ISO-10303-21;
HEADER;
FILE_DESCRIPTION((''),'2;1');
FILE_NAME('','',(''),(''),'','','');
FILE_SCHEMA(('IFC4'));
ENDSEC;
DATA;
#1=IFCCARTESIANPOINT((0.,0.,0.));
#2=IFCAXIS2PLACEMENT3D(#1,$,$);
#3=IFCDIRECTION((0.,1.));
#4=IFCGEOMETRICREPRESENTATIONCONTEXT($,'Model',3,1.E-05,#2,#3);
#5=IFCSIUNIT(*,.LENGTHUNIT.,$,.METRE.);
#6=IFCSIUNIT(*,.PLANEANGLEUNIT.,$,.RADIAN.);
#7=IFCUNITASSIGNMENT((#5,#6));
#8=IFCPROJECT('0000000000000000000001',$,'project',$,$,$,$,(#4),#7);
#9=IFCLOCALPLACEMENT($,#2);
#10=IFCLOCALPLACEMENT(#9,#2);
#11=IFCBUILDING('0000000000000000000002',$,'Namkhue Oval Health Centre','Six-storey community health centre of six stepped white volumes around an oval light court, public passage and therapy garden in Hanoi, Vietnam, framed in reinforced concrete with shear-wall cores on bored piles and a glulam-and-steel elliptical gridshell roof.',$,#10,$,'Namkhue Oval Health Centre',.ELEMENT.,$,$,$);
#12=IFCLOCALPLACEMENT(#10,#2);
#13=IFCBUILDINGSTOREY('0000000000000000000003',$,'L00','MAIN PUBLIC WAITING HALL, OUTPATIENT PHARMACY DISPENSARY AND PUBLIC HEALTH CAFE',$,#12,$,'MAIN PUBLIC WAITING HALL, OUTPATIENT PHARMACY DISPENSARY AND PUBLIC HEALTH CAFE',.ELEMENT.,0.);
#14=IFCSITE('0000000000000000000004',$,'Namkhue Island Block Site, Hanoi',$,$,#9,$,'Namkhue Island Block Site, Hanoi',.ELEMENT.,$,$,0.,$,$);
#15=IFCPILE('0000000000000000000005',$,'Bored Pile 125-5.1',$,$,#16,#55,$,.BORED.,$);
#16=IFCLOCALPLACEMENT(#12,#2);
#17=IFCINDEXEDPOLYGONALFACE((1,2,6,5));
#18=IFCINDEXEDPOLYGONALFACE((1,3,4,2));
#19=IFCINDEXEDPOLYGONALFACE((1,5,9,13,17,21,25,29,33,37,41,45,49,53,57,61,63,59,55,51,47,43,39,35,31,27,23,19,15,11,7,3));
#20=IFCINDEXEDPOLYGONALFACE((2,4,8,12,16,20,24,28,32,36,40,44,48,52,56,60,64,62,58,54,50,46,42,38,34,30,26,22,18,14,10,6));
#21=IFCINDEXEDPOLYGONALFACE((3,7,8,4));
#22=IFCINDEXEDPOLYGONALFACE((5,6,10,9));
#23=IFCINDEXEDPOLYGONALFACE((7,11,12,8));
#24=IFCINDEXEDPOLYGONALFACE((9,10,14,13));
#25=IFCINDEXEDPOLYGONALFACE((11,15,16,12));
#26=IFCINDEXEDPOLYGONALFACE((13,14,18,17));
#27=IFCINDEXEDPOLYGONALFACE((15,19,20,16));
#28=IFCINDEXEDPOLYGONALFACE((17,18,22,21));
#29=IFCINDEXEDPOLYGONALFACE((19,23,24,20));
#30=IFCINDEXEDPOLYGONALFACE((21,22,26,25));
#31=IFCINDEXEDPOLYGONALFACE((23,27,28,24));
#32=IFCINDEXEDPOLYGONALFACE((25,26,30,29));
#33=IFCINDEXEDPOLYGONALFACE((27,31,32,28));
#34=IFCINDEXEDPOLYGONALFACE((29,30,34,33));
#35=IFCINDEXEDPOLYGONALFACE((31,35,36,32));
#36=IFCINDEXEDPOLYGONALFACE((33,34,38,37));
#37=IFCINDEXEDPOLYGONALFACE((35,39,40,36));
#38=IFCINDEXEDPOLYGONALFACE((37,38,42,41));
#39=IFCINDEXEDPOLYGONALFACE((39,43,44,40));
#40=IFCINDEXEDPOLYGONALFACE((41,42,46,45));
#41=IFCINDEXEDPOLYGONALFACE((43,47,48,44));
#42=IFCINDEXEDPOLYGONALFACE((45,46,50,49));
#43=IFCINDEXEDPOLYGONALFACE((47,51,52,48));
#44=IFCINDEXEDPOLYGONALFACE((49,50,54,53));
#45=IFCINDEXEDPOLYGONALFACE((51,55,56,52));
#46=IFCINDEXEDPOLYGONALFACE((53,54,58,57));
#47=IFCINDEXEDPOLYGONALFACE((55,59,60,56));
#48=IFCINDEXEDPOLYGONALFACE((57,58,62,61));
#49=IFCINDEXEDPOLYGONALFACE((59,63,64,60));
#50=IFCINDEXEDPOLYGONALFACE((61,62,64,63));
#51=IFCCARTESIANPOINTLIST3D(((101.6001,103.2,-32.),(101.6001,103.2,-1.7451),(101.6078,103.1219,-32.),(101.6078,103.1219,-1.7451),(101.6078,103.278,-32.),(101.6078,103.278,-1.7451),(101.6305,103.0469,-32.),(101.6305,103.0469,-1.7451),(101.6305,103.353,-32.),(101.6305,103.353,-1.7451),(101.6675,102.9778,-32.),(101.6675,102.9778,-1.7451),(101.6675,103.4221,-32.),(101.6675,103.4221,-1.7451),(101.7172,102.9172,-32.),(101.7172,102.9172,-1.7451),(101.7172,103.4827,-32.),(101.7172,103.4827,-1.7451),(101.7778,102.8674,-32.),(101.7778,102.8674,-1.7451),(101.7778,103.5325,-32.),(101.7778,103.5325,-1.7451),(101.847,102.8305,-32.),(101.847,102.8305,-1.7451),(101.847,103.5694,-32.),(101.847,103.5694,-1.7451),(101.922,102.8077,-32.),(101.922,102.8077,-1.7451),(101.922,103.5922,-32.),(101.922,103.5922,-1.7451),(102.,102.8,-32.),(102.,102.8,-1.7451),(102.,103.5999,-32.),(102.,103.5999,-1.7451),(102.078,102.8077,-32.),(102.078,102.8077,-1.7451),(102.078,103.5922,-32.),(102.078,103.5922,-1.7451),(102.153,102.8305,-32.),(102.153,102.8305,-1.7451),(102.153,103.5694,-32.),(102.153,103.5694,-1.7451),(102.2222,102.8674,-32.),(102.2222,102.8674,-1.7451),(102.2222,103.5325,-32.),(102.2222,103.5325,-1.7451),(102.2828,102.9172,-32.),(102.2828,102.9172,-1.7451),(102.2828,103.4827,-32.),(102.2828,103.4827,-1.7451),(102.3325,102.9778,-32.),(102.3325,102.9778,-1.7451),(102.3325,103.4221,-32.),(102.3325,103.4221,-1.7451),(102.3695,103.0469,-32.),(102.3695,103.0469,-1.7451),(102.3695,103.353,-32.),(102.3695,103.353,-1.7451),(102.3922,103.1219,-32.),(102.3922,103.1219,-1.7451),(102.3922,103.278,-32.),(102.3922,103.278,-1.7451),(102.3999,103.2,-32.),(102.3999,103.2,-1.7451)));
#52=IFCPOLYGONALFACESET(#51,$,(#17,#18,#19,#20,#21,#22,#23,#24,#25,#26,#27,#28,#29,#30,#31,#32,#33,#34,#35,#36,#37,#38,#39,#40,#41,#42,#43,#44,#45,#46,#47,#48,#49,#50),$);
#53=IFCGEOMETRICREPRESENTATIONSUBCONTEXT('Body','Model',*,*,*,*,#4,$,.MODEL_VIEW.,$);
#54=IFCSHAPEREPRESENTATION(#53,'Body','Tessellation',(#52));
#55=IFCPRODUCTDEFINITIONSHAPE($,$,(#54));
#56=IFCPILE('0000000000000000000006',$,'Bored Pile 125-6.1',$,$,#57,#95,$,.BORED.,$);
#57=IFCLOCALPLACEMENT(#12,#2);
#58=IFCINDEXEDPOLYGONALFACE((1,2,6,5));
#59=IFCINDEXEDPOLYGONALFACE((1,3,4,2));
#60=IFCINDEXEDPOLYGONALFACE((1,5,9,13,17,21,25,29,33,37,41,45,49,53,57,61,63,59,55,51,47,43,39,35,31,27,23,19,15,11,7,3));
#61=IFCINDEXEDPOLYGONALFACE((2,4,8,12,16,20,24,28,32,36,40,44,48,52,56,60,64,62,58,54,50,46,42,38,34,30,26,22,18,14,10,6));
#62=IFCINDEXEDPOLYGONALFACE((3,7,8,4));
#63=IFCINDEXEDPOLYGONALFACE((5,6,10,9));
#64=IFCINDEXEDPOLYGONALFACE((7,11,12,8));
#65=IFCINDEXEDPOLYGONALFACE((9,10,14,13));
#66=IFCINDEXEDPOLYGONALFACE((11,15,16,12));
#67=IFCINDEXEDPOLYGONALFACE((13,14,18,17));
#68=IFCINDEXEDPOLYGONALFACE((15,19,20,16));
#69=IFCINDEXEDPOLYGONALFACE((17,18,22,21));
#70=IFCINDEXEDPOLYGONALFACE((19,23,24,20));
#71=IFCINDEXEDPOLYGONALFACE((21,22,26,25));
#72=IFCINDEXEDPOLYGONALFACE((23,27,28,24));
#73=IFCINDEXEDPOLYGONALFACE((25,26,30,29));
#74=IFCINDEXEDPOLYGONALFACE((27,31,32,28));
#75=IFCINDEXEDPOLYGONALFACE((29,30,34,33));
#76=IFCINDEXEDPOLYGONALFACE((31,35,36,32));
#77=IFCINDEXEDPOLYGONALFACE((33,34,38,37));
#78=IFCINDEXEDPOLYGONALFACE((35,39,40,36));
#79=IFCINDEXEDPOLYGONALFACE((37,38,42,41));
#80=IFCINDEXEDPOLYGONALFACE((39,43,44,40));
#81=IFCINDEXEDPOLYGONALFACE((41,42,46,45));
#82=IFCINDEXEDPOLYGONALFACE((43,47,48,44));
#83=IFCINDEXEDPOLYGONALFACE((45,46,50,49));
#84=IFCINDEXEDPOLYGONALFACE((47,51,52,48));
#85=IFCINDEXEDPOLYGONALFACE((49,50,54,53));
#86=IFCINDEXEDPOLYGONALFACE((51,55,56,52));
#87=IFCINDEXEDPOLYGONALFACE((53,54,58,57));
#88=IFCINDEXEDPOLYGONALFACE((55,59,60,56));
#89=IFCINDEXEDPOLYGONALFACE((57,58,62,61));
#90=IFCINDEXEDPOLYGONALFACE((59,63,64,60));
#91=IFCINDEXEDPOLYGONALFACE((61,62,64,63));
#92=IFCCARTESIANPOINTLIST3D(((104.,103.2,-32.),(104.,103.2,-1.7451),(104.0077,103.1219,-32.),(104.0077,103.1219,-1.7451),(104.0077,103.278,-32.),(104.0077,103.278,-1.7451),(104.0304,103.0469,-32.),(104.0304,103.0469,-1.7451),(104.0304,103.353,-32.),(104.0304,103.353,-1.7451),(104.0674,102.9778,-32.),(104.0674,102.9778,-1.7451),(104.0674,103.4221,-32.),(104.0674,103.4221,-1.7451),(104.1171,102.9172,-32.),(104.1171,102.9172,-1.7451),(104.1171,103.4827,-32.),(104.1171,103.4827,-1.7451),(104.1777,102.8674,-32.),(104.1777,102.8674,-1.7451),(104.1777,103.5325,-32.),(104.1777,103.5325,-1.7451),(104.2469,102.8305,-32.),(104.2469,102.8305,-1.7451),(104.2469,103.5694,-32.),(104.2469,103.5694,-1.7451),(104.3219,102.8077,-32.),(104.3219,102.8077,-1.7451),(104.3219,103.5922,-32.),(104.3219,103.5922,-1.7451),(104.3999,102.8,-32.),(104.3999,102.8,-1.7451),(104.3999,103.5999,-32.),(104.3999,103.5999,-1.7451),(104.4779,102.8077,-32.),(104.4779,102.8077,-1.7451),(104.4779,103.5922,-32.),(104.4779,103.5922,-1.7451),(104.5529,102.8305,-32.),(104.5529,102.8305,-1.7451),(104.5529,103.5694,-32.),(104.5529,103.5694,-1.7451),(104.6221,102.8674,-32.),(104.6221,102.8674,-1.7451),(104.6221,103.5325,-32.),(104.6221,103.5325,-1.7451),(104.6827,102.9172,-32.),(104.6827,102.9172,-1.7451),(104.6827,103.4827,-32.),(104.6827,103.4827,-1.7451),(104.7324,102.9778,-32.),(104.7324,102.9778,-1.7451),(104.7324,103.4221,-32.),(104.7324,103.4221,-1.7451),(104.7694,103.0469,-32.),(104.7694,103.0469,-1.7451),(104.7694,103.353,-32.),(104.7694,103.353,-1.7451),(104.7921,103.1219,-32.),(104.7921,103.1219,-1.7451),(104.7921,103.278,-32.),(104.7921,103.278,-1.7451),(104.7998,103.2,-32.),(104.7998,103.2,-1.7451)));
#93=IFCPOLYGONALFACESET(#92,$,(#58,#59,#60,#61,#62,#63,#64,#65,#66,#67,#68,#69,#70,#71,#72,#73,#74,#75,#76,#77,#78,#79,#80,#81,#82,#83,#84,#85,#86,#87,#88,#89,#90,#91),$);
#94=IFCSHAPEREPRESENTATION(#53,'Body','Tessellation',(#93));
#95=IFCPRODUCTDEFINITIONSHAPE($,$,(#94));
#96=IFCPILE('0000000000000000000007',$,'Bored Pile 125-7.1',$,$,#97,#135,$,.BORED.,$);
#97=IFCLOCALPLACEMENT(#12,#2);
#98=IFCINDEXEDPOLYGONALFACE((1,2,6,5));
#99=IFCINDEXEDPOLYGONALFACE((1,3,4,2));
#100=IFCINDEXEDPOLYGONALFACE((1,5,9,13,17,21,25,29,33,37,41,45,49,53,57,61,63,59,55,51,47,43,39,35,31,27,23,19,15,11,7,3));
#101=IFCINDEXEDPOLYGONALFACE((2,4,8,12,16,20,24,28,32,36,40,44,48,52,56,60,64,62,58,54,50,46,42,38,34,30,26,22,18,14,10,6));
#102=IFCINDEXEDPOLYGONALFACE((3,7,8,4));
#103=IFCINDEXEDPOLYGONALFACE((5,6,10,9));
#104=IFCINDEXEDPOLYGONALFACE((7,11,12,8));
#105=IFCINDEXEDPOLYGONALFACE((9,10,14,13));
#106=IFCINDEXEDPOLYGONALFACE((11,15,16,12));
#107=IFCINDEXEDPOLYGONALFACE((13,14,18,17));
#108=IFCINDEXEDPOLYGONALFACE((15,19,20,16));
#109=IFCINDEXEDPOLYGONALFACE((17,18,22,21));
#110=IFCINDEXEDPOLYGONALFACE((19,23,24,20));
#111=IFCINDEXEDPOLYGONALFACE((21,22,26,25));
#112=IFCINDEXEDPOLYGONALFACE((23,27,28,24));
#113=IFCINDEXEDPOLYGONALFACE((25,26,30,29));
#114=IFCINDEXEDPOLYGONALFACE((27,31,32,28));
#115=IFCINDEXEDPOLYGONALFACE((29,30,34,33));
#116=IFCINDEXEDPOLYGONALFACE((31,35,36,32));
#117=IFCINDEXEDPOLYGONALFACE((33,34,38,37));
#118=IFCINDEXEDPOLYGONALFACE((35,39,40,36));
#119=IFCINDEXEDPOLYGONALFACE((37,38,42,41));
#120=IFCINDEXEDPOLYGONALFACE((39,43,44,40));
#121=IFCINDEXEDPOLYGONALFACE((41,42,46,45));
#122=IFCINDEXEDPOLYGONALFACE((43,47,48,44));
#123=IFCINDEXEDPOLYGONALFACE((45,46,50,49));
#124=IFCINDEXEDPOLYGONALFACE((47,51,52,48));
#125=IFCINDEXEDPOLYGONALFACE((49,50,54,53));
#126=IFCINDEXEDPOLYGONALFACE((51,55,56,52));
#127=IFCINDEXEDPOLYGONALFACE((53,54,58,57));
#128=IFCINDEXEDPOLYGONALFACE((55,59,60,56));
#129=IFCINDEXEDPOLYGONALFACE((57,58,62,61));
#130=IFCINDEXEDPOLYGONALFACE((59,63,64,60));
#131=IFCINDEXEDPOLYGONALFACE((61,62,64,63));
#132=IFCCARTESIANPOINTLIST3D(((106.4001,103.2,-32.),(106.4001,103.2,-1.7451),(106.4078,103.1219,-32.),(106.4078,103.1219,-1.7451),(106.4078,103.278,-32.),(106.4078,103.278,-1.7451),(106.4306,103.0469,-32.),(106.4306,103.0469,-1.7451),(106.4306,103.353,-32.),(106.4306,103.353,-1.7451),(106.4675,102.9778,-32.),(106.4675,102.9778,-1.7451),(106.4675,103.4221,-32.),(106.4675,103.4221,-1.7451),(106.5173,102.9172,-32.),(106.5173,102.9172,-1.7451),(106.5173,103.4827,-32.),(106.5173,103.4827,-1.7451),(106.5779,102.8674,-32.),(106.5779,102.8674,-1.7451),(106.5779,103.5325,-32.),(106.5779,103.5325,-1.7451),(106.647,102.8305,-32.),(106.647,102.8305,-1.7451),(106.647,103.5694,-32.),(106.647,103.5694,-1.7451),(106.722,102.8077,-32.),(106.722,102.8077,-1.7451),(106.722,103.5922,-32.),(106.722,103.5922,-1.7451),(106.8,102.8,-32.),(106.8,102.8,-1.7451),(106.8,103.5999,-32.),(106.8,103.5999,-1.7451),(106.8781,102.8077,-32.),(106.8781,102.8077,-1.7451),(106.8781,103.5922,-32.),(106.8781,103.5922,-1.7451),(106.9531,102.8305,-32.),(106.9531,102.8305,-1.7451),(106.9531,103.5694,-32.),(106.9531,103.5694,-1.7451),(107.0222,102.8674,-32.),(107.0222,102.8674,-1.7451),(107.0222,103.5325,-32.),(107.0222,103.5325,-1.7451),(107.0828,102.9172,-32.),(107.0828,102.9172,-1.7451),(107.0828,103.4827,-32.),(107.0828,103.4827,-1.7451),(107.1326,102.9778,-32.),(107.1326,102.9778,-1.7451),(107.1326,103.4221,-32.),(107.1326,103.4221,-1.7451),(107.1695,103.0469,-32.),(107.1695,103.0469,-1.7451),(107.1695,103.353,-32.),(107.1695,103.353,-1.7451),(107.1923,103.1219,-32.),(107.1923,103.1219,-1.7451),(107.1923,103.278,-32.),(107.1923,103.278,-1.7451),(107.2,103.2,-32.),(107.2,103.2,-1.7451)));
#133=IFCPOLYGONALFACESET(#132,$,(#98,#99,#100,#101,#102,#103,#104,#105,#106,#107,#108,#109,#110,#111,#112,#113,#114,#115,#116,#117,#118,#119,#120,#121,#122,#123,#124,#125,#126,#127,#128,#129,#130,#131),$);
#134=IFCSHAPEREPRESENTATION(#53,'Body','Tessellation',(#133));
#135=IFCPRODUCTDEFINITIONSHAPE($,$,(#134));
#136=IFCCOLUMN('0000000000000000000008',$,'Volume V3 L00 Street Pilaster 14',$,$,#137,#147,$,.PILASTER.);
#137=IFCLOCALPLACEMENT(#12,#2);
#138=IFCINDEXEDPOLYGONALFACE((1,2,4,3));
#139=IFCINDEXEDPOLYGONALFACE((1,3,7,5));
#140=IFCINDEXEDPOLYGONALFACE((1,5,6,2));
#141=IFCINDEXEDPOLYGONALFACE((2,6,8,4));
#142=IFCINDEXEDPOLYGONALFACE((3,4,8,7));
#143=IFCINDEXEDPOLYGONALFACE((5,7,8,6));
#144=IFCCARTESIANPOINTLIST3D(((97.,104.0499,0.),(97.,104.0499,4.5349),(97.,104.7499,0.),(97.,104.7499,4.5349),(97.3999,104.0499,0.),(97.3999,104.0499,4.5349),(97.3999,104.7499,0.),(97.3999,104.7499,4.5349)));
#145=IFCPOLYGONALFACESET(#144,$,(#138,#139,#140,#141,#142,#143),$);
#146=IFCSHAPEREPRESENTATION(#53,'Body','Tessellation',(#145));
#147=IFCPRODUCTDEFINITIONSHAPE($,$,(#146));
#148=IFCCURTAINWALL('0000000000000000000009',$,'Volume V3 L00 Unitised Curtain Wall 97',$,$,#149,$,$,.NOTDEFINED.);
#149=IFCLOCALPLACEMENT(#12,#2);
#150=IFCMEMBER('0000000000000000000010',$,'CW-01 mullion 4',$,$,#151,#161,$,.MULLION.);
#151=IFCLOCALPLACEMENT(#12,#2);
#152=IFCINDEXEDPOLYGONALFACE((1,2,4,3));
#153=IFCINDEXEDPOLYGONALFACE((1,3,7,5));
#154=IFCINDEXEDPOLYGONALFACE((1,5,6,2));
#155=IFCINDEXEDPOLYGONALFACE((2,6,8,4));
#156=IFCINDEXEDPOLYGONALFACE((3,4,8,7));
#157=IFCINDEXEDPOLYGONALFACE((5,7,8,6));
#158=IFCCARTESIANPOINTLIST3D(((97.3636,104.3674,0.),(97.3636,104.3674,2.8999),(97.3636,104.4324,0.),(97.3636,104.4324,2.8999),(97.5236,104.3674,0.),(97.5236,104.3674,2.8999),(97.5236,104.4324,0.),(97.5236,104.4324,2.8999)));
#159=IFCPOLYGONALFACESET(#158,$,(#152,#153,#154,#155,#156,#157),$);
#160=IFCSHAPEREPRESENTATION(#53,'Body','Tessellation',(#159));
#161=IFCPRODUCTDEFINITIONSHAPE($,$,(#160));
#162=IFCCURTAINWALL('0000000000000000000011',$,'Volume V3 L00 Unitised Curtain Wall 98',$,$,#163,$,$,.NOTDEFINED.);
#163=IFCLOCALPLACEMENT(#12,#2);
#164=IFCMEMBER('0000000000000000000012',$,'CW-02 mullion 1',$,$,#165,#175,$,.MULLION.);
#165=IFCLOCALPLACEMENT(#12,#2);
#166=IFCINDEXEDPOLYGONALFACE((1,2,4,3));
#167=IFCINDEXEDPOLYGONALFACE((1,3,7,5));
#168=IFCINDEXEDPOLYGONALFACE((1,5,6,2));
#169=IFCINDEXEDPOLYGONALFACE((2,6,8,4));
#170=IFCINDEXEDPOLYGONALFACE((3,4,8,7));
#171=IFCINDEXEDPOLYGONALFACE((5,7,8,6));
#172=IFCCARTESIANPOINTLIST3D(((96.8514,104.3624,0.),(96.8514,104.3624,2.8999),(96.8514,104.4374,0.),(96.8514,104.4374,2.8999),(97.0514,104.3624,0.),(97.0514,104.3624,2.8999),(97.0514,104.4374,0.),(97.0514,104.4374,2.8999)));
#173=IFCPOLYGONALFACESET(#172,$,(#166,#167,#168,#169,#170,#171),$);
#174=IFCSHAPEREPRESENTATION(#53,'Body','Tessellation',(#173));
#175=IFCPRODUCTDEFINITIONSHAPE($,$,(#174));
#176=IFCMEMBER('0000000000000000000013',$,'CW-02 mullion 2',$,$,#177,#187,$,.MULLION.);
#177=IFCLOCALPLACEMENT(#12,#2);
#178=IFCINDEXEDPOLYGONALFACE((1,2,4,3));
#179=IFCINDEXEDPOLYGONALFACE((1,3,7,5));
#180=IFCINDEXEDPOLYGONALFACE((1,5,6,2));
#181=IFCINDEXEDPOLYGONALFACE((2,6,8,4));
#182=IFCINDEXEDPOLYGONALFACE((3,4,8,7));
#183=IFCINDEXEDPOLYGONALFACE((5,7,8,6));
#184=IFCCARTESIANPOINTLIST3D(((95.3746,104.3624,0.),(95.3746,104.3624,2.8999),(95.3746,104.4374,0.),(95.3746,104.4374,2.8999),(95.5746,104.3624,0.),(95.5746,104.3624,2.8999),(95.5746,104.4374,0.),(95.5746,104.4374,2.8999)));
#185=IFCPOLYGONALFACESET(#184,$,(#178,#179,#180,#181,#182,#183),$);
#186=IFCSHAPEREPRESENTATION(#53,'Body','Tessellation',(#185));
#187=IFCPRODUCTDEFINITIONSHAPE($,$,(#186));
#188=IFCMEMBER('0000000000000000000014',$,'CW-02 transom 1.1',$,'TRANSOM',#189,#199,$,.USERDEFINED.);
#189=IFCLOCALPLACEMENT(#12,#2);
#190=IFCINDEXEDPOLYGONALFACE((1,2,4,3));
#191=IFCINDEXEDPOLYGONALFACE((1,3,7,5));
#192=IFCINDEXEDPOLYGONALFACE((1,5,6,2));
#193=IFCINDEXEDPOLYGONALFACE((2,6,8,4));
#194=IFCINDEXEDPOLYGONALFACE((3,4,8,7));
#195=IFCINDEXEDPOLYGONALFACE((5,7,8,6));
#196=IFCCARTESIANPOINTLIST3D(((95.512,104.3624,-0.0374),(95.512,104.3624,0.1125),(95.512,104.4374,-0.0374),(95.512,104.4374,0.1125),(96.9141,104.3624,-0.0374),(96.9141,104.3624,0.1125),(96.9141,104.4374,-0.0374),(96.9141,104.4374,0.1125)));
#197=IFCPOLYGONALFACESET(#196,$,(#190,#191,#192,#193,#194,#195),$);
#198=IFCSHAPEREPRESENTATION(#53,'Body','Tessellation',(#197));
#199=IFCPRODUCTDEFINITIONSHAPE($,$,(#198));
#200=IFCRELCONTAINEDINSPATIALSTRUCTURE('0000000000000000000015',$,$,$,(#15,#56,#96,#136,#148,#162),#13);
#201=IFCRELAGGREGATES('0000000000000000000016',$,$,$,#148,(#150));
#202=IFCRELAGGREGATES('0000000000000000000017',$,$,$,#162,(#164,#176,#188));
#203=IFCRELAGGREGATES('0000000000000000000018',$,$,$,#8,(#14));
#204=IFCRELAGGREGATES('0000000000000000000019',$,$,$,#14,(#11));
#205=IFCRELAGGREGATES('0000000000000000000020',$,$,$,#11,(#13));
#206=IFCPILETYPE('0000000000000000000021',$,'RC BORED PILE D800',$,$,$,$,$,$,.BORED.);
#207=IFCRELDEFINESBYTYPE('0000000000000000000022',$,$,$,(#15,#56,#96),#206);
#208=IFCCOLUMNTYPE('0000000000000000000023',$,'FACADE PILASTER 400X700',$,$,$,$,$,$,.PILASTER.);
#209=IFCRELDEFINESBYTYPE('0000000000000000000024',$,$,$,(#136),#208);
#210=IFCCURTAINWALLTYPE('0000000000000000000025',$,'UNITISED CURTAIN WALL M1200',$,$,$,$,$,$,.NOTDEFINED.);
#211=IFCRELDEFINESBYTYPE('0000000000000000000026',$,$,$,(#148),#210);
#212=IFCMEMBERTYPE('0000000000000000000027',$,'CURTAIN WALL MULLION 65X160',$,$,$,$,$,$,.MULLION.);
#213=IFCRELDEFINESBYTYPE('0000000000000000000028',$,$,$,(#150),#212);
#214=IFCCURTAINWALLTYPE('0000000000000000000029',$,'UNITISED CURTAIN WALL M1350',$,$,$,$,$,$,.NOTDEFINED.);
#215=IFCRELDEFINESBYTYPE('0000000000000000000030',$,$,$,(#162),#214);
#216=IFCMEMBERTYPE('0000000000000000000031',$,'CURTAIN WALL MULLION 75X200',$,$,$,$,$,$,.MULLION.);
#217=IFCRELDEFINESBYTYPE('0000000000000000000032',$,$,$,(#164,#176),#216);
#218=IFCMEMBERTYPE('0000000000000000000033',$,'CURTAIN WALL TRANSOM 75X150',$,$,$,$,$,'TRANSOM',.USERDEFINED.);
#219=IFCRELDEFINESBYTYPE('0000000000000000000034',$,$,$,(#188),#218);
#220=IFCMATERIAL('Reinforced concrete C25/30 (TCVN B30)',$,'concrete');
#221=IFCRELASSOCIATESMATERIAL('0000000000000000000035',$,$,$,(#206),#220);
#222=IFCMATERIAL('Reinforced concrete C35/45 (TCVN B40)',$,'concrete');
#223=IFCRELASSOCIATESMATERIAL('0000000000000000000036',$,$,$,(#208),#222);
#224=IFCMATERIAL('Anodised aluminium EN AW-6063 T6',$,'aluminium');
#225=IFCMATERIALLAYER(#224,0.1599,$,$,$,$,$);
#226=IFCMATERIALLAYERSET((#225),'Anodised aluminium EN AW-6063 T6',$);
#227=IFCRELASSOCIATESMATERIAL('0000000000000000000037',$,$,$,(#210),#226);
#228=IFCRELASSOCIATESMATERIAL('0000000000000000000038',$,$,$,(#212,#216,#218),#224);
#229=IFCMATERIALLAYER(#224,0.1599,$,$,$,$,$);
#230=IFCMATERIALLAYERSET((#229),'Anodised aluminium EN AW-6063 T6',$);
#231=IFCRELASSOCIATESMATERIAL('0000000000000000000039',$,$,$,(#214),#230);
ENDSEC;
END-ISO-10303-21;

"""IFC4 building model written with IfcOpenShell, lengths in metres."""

from ifc_helpers import new_model, si_unit, direction, frame, origin, origin_2d, place, context, subcontext, project, spatial, rectangle, circle, extrude, material, layer, layer_set, material_profile, profile_set, type_object, element, aggregate, save


model = new_model("IFC4")

# Units and contexts
model_context = context("Model", 3, precision=1e-05, world=origin(), true_north=direction((0.0, 1.0)))
body_context = subcontext(model_context, "Body", "Model", "MODEL_VIEW")
ifc_project = project(units=[si_unit("LENGTHUNIT", "METRE"), si_unit("PLANEANGLEUNIT", "RADIAN")], contexts=[model_context])

# Site, building, storey
site_placement = place(None, origin())
site = spatial("IfcSite", under=ifc_project, at=site_placement, Name="Namkhue Island Block Site, Hanoi", LongName="Namkhue Island Block Site, Hanoi", CompositionType="ELEMENT", RefElevation=0.0)
building_placement = place(site_placement, origin())
building = spatial("IfcBuilding", under=site, at=building_placement, Name="Namkhue Oval Health Centre", Description="Six-storey community health centre of six stepped white volumes around an oval light court, public passage and therapy garden in Hanoi, Vietnam, framed in reinforced concrete with shear-wall cores on bored piles and a glulam-and-steel elliptical gridshell roof.", LongName="Namkhue Oval Health Centre", CompositionType="ELEMENT")
storey_placement = place(building_placement, origin())
storey = spatial("IfcBuildingStorey", under=building, at=storey_placement, Name="L00", Description="MAIN PUBLIC WAITING HALL, OUTPATIENT PHARMACY DISPENSARY AND PUBLIC HEALTH CAFE", LongName="MAIN PUBLIC WAITING HALL, OUTPATIENT PHARMACY DISPENSARY AND PUBLIC HEALTH CAFE", CompositionType="ELEMENT", Elevation=0.0)

# Piles
ifc_material_1 = material(Name="Reinforced concrete C25/30 (TCVN B30)", Category="concrete")
ifc_material_profile_1 = material_profile(ifc_material_1, circle(Radius=0.3999, at=origin_2d()), Name="BORED PILE D800")
ifc_profile_set_1 = profile_set([ifc_material_profile_1], Name="Reinforced concrete C25/30 (TCVN B30)")
pile_type_1 = type_object("IfcPileType", Name="RC BORED PILE D800", PredefinedType="BORED", material=ifc_profile_set_1)
for number, where, z_axis, x_axis, name in (
    (1, (102.0, 103.2, -1.7451), (0.0, 0.0, -1.0), (1.0, 0.0, 0.0), "Bored Pile 125-5.1"),
    (2, (104.3999, 103.2, -1.7451), (0.0, 0.0, -1.0), (1.0, 0.0, 0.0), "Bored Pile 125-6.1"),
    (3, (106.8, 103.2, -1.7451), (0.0, 0.0, -1.0), (1.0, 0.0, 0.0), "Bored Pile 125-7.1"),
):
    element("IfcPile", number, at=place(storey_placement, frame(where, z_axis=z_axis, x_axis=x_axis)), inside=storey, type_object=pile_type_1, Name=name, PredefinedType="BORED", context=body_context, shape_type="SweptSolid", body=[
        extrude(circle(Radius=0.3999, at=origin_2d()), origin(), (0.0, 0.0, 1.0), 30.2549),
    ])

# Column
ifc_material_2 = material(Name="Reinforced concrete C35/45 (TCVN B40)", Category="concrete")
ifc_material_profile_2 = material_profile(ifc_material_2, rectangle(XDim=0.3999, YDim=0.7, at=origin_2d()), Name="RC 400x700")
ifc_profile_set_2 = profile_set([ifc_material_profile_2], Name="Reinforced concrete C35/45 (TCVN B40)")
column_type = type_object("IfcColumnType", Name="FACADE PILASTER 400X700", PredefinedType="PILASTER", material=ifc_profile_set_2)
column_placement = place(storey_placement, frame((97.2, 104.3999, 0.0), z_axis=(0.0, 0.0, 1.0), x_axis=(1.0, 0.0, 0.0)))
element("IfcColumn", 4, at=column_placement, inside=storey, type_object=column_type, Name="Volume V3 L00 Street Pilaster 14", PredefinedType="PILASTER", context=body_context, shape_type="SweptSolid", body=[
    extrude(rectangle(XDim=0.3999, YDim=0.7, at=origin_2d()), origin(), (0.0, 0.0, 1.0), 4.5349),
])

# Curtain wall, member
ifc_material_3 = material(Name="Anodised aluminium EN AW-6063 T6", Category="aluminium")
ifc_layer_1 = layer(ifc_material_3, 0.1599)
ifc_layer_set_1 = layer_set([ifc_layer_1], Name="Anodised aluminium EN AW-6063 T6")
curtain_wall_type_1 = type_object("IfcCurtainWallType", Name="UNITISED CURTAIN WALL M1200", PredefinedType="NOTDEFINED", material=ifc_layer_set_1)
curtain_wall_1_placement = place(storey_placement, origin())
curtain_wall_1 = element("IfcCurtainWall", 5, at=curtain_wall_1_placement, inside=storey, type_object=curtain_wall_type_1, Name="Volume V3 L00 Unitised Curtain Wall 97", PredefinedType="NOTDEFINED")
ifc_material_profile_3 = material_profile(ifc_material_3, rectangle(XDim=0.0649, YDim=0.1599, at=origin_2d()), Name="ALU 65x160")
ifc_profile_set_3 = profile_set([ifc_material_profile_3], Name="Anodised aluminium EN AW-6063 T6")
member_type_1 = type_object("IfcMemberType", Name="CURTAIN WALL MULLION 65X160", PredefinedType="MULLION", material=ifc_profile_set_3)
member_1_placement = place(storey_placement, frame((97.4436, 104.3999, 0.0), z_axis=(0.0, 0.0, 1.0), x_axis=(0.0, -1.0, 0.0)))
member_1 = element("IfcMember", 6, at=member_1_placement, type_object=member_type_1, Name="CW-01 mullion 4", PredefinedType="MULLION", context=body_context, shape_type="SweptSolid", body=[
    extrude(rectangle(XDim=0.0649, YDim=0.1599, at=origin_2d()), origin(), (0.0, 0.0, 1.0), 2.8999),
])

# Curtain wall, members
ifc_layer_2 = layer(ifc_material_3, 0.1599)
ifc_layer_set_2 = layer_set([ifc_layer_2], Name="Anodised aluminium EN AW-6063 T6")
curtain_wall_type_2 = type_object("IfcCurtainWallType", Name="UNITISED CURTAIN WALL M1350", PredefinedType="NOTDEFINED", material=ifc_layer_set_2)
curtain_wall_2_placement = place(storey_placement, origin())
curtain_wall_2 = element("IfcCurtainWall", 7, at=curtain_wall_2_placement, inside=storey, type_object=curtain_wall_type_2, Name="Volume V3 L00 Unitised Curtain Wall 98", PredefinedType="NOTDEFINED")
ifc_material_profile_4 = material_profile(ifc_material_3, rectangle(XDim=0.075, YDim=0.2, at=origin_2d()), Name="ALU 75x200")
ifc_profile_set_4 = profile_set([ifc_material_profile_4], Name="Anodised aluminium EN AW-6063 T6")
member_type_2 = type_object("IfcMemberType", Name="CURTAIN WALL MULLION 75X200", PredefinedType="MULLION", material=ifc_profile_set_4)
member_2_placement = place(storey_placement, frame((96.9514, 104.3999, 0.0), z_axis=(0.0, 0.0, 1.0), x_axis=(0.0, -1.0, 0.0)))
member_2 = element("IfcMember", 8, at=member_2_placement, type_object=member_type_2, Name="CW-02 mullion 1", PredefinedType="MULLION", context=body_context, shape_type="SweptSolid", body=[
    extrude(rectangle(XDim=0.075, YDim=0.2, at=origin_2d()), origin(), (0.0, 0.0, 1.0), 2.8999),
])
member_3_placement = place(storey_placement, frame((95.4746, 104.3999, 0.0), z_axis=(0.0, 0.0, 1.0), x_axis=(0.0, -1.0, 0.0)))
member_3 = element("IfcMember", 9, at=member_3_placement, type_object=member_type_2, Name="CW-02 mullion 2", PredefinedType="MULLION", context=body_context, shape_type="SweptSolid", body=[
    extrude(rectangle(XDim=0.075, YDim=0.2, at=origin_2d()), origin(), (0.0, 0.0, 1.0), 2.8999),
])
ifc_material_profile_5 = material_profile(ifc_material_3, rectangle(XDim=0.075, YDim=0.1499, at=origin_2d()), Name="ALU 75x150")
ifc_profile_set_5 = profile_set([ifc_material_profile_5], Name="Anodised aluminium EN AW-6063 T6")
member_type_3 = type_object("IfcMemberType", Name="CURTAIN WALL TRANSOM 75X150", ElementType="TRANSOM", PredefinedType="USERDEFINED", material=ifc_profile_set_5)
member_4_placement = place(storey_placement, frame((96.9141, 104.3999, 0.0376), z_axis=(-1.0, 0.0, 0.0), x_axis=(0.0, -1.0, 0.0)))
member_4 = element("IfcMember", 10, at=member_4_placement, type_object=member_type_3, Name="CW-02 transom 1.1", ObjectType="TRANSOM", PredefinedType="USERDEFINED", context=body_context, shape_type="SweptSolid", body=[
    extrude(rectangle(XDim=0.075, YDim=0.1499, at=origin_2d()), origin(), (0.0, 0.0, 1.0), 1.4021),
])

aggregate(curtain_wall_1, [member_1])
aggregate(curtain_wall_2, [member_2, member_3, member_4])

save(model, "model.ifc")
